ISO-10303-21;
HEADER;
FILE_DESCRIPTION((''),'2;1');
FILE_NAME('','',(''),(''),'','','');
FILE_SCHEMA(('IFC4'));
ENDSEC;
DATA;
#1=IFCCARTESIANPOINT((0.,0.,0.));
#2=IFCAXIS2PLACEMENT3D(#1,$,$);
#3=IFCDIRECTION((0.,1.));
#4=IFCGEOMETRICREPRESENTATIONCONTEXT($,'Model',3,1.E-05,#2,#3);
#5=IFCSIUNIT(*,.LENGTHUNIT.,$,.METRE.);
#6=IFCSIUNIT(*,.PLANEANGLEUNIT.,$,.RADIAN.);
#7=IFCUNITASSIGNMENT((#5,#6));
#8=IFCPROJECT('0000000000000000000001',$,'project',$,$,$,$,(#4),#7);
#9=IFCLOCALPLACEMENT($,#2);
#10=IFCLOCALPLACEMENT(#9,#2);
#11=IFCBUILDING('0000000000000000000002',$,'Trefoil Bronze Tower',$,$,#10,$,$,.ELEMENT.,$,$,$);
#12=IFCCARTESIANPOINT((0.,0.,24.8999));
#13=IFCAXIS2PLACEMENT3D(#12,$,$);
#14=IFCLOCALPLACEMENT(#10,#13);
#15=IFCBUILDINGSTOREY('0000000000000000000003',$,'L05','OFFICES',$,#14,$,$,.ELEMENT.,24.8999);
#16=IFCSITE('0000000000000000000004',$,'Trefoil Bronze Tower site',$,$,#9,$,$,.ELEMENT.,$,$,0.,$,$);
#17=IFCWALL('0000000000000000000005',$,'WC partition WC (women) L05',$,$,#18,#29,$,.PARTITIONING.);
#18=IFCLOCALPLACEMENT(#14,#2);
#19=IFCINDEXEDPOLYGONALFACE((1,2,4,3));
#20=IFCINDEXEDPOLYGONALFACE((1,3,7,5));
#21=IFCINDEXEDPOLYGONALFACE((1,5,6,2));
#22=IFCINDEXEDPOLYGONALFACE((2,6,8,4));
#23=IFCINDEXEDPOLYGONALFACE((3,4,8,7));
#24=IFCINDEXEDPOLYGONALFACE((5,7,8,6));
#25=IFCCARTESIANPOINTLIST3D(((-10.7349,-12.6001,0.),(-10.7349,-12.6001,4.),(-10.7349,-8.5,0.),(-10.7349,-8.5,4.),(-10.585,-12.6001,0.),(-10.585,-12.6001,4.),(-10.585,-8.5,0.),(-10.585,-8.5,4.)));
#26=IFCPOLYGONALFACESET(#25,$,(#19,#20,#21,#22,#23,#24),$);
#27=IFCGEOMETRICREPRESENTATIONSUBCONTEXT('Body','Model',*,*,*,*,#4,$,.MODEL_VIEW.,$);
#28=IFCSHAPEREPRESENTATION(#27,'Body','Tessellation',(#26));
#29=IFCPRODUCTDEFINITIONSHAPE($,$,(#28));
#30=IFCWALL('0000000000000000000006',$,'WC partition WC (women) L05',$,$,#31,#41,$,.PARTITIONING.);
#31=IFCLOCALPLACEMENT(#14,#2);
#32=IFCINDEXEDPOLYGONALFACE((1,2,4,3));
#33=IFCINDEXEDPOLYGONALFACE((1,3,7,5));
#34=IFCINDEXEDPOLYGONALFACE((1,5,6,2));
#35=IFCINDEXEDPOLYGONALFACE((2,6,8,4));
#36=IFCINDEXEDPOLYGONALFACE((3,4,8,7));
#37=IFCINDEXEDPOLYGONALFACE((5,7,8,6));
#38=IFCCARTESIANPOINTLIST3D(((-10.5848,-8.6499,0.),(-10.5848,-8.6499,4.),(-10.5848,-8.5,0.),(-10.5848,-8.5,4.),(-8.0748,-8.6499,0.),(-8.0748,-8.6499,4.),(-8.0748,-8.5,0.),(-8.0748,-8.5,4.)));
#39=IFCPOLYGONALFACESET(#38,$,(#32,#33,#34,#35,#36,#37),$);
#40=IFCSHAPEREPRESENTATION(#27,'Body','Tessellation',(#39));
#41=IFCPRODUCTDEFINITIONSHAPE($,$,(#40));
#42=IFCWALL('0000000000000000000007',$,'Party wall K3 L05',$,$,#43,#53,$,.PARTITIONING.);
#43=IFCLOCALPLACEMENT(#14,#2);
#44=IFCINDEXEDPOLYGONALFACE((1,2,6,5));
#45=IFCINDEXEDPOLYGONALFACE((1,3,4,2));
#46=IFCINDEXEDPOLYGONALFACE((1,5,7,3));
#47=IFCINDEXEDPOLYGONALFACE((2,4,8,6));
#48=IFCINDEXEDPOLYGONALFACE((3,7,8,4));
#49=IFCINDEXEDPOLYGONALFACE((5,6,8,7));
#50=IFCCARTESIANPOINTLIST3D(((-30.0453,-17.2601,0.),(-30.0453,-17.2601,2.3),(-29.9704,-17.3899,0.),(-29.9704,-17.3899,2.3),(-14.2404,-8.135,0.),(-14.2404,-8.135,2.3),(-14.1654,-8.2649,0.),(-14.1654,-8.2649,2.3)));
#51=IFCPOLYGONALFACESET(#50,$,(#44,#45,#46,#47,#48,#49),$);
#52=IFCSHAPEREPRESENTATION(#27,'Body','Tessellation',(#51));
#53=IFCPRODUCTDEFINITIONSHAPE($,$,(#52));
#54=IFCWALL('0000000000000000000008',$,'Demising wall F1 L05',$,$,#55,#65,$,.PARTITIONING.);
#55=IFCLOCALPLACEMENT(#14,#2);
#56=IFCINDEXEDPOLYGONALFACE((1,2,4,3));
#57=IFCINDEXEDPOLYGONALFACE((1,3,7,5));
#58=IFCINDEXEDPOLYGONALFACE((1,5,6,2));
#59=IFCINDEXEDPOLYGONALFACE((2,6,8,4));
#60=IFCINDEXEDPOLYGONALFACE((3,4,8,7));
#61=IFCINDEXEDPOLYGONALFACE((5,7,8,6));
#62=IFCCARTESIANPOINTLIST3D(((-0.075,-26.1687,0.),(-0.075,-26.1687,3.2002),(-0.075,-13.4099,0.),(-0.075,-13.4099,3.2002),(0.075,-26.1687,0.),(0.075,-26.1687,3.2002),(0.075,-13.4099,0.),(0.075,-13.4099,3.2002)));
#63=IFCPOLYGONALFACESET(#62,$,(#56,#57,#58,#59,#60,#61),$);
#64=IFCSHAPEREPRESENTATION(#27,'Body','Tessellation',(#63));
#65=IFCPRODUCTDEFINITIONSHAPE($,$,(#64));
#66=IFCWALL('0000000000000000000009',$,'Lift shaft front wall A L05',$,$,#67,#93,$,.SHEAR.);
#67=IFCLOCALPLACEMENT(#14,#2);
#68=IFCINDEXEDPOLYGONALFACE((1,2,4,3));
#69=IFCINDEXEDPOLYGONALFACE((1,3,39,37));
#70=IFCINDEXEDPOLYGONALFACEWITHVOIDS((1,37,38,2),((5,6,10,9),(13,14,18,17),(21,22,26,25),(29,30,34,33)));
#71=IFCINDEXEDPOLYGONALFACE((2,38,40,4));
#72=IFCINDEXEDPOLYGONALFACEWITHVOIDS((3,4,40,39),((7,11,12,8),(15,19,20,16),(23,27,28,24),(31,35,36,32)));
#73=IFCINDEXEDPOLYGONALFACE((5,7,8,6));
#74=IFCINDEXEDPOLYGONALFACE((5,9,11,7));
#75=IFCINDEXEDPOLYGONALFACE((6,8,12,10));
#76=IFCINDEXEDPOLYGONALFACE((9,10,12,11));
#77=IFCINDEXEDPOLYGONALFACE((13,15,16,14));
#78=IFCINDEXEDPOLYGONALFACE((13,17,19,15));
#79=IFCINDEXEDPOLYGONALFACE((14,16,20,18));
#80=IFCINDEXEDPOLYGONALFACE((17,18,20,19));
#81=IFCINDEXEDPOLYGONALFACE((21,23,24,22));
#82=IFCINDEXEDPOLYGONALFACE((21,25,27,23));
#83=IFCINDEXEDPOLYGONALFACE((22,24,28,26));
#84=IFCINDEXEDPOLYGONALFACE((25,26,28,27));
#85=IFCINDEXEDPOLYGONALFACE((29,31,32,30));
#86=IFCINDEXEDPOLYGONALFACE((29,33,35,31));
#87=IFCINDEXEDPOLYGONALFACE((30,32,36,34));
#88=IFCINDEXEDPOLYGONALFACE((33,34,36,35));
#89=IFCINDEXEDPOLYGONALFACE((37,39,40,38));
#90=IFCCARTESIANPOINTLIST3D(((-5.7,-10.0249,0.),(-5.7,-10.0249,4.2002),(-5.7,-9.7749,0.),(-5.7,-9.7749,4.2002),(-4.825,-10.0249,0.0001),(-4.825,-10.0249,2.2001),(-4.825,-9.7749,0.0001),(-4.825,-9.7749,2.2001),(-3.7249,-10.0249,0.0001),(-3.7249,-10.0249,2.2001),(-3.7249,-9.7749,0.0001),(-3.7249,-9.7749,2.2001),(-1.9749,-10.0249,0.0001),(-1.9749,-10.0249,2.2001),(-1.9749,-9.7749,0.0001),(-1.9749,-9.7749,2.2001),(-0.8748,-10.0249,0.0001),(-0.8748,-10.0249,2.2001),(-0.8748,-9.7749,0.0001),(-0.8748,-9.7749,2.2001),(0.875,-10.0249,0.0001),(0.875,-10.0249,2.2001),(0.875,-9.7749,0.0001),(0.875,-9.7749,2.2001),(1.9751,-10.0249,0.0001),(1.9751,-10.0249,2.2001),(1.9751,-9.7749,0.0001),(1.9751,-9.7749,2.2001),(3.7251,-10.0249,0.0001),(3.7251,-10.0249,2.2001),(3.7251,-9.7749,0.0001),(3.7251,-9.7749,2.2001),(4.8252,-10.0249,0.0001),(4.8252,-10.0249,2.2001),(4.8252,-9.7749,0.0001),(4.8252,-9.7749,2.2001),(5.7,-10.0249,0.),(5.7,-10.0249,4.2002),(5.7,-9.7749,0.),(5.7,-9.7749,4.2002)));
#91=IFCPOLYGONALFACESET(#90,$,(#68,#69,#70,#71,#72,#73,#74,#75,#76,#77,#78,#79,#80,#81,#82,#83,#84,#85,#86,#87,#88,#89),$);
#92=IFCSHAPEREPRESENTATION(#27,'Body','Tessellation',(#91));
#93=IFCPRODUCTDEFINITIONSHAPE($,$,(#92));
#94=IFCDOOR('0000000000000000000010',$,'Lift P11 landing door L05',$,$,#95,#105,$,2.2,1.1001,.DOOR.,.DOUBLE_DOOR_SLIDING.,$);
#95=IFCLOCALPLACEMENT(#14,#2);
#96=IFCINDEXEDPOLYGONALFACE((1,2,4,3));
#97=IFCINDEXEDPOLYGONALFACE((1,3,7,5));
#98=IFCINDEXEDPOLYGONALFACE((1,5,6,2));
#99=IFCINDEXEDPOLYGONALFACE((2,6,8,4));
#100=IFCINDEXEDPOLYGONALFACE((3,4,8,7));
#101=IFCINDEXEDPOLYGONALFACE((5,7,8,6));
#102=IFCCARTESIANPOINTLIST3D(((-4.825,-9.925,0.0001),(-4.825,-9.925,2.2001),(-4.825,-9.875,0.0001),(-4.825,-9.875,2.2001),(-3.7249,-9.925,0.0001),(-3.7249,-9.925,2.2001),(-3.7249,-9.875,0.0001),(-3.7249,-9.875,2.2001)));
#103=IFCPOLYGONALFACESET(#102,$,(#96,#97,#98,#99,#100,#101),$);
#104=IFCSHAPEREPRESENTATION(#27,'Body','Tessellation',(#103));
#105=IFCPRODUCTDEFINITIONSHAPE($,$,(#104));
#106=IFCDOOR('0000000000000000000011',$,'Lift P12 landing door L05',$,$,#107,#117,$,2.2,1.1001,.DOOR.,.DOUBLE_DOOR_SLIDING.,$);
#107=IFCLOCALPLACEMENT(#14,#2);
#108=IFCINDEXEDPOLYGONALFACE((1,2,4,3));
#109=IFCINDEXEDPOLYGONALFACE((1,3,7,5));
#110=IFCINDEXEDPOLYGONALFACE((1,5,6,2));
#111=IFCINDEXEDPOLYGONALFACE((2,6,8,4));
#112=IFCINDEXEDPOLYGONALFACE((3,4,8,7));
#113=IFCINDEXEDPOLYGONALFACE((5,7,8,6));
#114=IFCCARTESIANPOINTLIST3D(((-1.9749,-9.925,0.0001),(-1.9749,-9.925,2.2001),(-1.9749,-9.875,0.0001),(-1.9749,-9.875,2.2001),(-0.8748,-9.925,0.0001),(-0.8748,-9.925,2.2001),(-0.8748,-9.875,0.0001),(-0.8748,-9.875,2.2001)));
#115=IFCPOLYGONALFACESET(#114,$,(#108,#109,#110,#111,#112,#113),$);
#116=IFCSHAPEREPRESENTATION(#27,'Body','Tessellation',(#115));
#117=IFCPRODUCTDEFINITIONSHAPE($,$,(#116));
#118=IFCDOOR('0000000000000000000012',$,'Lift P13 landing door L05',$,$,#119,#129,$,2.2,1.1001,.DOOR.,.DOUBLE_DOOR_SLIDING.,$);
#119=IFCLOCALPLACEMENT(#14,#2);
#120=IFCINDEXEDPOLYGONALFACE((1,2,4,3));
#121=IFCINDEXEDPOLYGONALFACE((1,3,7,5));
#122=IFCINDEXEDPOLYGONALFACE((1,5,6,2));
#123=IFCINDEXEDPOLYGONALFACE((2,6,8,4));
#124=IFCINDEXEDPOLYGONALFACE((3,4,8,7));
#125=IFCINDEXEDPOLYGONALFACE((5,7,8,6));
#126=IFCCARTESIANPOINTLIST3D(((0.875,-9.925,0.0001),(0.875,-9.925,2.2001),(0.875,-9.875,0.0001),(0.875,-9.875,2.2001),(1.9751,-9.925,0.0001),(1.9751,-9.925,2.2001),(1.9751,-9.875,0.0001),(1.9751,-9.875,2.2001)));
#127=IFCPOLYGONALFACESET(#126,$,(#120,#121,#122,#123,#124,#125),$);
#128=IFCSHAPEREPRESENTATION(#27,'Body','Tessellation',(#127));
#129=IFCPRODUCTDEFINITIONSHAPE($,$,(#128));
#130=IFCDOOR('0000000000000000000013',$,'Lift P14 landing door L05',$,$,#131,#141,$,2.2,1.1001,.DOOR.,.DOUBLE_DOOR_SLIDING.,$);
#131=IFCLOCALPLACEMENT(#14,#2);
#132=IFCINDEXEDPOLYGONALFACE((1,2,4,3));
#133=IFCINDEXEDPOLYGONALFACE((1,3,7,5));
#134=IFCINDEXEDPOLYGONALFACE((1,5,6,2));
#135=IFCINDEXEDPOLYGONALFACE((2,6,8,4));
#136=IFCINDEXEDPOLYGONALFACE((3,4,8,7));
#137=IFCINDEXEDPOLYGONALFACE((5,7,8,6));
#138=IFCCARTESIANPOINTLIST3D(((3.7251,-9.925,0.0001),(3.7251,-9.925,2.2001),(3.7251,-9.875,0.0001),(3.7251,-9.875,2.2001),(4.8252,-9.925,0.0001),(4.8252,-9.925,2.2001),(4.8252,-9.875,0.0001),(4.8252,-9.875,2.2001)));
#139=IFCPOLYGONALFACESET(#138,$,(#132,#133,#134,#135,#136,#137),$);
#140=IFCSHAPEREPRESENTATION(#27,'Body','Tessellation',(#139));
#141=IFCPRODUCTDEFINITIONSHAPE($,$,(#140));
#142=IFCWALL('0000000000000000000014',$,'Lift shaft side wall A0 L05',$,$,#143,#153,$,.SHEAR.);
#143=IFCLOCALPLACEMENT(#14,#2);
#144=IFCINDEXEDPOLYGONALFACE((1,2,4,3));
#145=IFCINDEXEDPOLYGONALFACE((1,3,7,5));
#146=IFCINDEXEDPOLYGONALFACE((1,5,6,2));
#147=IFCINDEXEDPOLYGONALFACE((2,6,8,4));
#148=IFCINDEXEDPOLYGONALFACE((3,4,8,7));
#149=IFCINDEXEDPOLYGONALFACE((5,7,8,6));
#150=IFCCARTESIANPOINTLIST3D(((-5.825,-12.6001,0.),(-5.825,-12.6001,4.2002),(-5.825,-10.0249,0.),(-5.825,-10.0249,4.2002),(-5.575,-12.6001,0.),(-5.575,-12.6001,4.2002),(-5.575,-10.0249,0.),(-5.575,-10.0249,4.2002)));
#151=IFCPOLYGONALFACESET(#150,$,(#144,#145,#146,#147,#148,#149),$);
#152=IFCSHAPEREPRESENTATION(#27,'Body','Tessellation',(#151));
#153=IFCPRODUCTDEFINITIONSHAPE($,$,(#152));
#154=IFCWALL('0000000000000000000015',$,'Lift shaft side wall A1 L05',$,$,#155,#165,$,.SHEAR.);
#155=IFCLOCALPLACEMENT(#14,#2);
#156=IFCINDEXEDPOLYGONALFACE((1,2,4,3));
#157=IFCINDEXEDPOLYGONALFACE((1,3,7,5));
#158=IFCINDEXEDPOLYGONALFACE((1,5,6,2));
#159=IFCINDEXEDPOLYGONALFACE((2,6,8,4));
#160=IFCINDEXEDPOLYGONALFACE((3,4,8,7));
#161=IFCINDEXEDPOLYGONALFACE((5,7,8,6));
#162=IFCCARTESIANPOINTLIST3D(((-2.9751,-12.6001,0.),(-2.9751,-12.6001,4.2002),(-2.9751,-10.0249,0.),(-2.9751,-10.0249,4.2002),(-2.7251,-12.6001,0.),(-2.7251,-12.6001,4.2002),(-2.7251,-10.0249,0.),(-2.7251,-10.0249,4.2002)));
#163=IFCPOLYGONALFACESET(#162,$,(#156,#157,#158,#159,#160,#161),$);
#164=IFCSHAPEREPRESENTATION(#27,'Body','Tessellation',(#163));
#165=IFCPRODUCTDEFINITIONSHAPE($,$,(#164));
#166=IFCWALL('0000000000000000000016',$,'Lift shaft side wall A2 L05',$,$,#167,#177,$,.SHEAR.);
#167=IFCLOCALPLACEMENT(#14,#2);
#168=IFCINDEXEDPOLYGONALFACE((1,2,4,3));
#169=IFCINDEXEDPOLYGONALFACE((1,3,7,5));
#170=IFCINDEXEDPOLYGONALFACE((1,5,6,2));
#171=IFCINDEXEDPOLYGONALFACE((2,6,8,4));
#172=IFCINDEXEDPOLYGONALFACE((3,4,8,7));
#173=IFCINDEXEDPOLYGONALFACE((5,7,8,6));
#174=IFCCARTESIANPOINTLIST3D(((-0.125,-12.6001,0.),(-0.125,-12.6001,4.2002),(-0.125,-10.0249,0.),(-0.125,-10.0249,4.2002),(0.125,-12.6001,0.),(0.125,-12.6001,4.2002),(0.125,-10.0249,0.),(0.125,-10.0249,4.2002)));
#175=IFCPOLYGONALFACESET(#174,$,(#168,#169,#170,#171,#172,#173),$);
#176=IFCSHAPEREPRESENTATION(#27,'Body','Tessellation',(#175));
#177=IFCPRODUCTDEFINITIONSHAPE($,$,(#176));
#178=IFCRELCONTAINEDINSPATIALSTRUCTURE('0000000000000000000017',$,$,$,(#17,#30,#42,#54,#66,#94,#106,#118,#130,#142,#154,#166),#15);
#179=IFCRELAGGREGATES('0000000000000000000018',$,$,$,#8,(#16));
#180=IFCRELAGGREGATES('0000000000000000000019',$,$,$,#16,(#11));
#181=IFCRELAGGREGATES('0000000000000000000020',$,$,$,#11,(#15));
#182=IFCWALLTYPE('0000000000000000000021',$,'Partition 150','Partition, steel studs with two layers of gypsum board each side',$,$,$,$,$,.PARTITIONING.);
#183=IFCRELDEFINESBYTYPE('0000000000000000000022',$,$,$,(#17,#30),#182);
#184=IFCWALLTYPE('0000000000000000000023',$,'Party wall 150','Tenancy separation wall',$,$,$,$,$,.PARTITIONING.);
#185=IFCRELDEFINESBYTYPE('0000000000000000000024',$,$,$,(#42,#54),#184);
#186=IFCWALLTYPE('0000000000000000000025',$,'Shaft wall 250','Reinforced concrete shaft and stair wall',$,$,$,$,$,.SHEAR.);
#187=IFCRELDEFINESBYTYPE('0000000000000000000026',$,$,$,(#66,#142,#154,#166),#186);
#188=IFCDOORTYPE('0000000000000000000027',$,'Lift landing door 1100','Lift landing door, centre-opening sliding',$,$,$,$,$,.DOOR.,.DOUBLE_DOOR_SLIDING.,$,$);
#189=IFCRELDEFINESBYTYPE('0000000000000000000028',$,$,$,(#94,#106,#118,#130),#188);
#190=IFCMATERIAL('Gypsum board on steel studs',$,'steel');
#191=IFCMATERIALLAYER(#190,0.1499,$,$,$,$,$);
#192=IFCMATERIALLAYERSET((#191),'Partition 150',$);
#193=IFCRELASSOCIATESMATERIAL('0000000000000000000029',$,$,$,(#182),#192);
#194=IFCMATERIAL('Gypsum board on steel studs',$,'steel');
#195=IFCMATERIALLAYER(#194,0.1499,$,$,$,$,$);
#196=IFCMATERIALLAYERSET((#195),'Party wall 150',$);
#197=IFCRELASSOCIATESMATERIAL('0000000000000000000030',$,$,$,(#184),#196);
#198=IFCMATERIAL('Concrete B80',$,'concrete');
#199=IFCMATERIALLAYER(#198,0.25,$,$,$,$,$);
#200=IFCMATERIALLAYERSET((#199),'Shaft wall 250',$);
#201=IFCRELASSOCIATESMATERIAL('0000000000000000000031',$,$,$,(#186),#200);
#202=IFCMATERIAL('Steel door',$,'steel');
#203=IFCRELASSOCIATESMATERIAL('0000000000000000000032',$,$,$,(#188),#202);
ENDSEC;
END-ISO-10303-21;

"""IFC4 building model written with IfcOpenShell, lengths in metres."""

from ifc_helpers import new_model, si_unit, direction, frame, frame_2d, origin, place, context, subcontext, project, spatial, rectangle, extrude, material, layer, layer_set, type_object, element, fill, save


model = new_model("IFC4")

# Units and contexts
model_context = context("Model", 3, precision=1e-05, world=origin(), true_north=direction((0.0, 1.0)))
body_context = subcontext(model_context, "Body", "Model", "MODEL_VIEW")
ifc_project = project(units=[si_unit("LENGTHUNIT", "METRE"), si_unit("PLANEANGLEUNIT", "RADIAN")], contexts=[model_context])

# Site, building, storey
site_placement = place(None, origin())
site = spatial("IfcSite", under=ifc_project, at=site_placement, Name="Trefoil Bronze Tower site", CompositionType="ELEMENT", RefElevation=0.0)
building_placement = place(site_placement, origin())
building = spatial("IfcBuilding", under=site, at=building_placement, Name="Trefoil Bronze Tower", CompositionType="ELEMENT")
storey_placement = place(building_placement, frame((0.0, 0.0, 24.8999)))
storey = spatial("IfcBuildingStorey", under=building, at=storey_placement, Name="L05", Description="OFFICES", CompositionType="ELEMENT", Elevation=24.8999)

# Shared definitions
ifc_material_1 = material(Name="Gypsum board on steel studs", Category="steel")
ifc_layer_1 = layer(ifc_material_1, 0.1499)
ifc_layer_set_1 = layer_set([ifc_layer_1], Name="Partition 150")
wall_type_1 = type_object("IfcWallType", Name="Partition 150", Description="Partition, steel studs with two layers of gypsum board each side", PredefinedType="PARTITIONING", material=ifc_layer_set_1)

# Walls
wall_1_placement = place(storey_placement, frame((-10.6599, -8.5, 0.0), z_axis=(0.0, 0.0, 1.0), x_axis=(0.0, -1.0, 0.0)))
element("IfcWall", 1, at=wall_1_placement, inside=storey, type_object=wall_type_1, Name="WC partition WC (women) L05", PredefinedType="PARTITIONING", context=body_context, shape_type="SweptSolid", body=[
    extrude(rectangle(XDim=4.1001, YDim=0.1499, at=frame_2d((2.05, 0.0))), origin(), (0.0, 0.0, 1.0), 4.0),
])
wall_2_placement = place(storey_placement, frame((-8.075, -8.575, 0.0), z_axis=(0.0, 0.0, 1.0), x_axis=(-1.0, 0.0, 0.0)))
element("IfcWall", 2, at=wall_2_placement, inside=storey, type_object=wall_type_1, Name="WC partition WC (women) L05", PredefinedType="PARTITIONING", context=body_context, shape_type="SweptSolid", body=[
    extrude(rectangle(XDim=2.51, YDim=0.1499, at=frame_2d((1.2549, 0.0))), origin(), (0.0, 0.0, 1.0), 4.0),
])
ifc_material_2 = material(Name="Gypsum board on steel studs", Category="steel")
ifc_layer_2 = layer(ifc_material_2, 0.1499)
ifc_layer_set_2 = layer_set([ifc_layer_2], Name="Party wall 150")
wall_type_2 = type_object("IfcWallType", Name="Party wall 150", Description="Tenancy separation wall", PredefinedType="PARTITIONING", material=ifc_layer_set_2)
wall_3_placement = place(storey_placement, frame((-14.2029, -8.2, 0.0), z_axis=(0.0, 0.0, 1.0), x_axis=(-0.866025, -0.500001, 0.0)))
element("IfcWall", 3, at=wall_3_placement, inside=storey, type_object=wall_type_2, Name="Party wall K3 L05", PredefinedType="PARTITIONING", context=body_context, shape_type="SweptSolid", body=[
    extrude(rectangle(XDim=18.25, YDim=0.1499, at=frame_2d((9.125, 0.0))), origin(), (0.0, 0.0, 1.0), 2.3),
])
wall_4_placement = place(storey_placement, frame((0.0, -13.4099, 0.0), z_axis=(0.0, 0.0, 1.0), x_axis=(0.0, -1.0, 0.0)))
element("IfcWall", 4, at=wall_4_placement, inside=storey, type_object=wall_type_2, Name="Demising wall F1 L05", PredefinedType="PARTITIONING", context=body_context, shape_type="SweptSolid", body=[
    extrude(rectangle(XDim=12.7588, YDim=0.1499, at=frame_2d((6.3794, 0.0))), origin(), (0.0, 0.0, 1.0), 3.2002),
])

# Wall, openings, doors
ifc_material_3 = material(Name="Concrete B80", Category="concrete")
ifc_layer_3 = layer(ifc_material_3, 0.25)
ifc_layer_set_3 = layer_set([ifc_layer_3], Name="Shaft wall 250")
wall_type_3 = type_object("IfcWallType", Name="Shaft wall 250", Description="Reinforced concrete shaft and stair wall", PredefinedType="SHEAR", material=ifc_layer_set_3)
wall_5_placement = place(storey_placement, frame((-5.7, -9.8999, 0.0), z_axis=(0.0, 0.0, 1.0), x_axis=(1.0, 0.0, 0.0)))
wall_5 = element("IfcWall", 5, at=wall_5_placement, inside=storey, type_object=wall_type_3, Name="Lift shaft front wall A L05", PredefinedType="SHEAR", context=body_context, shape_type="SweptSolid", body=[
    extrude(rectangle(XDim=11.3999, YDim=0.25, at=frame_2d((5.7, 0.0))), origin(), (0.0, 0.0, 1.0), 4.2002),
])
opening_1_placement = place(wall_5_placement, frame((0.875, 0.0, 0.0)))
opening_1 = element("IfcOpeningElement", 6, at=opening_1_placement, cuts=wall_5, PredefinedType="OPENING", context=body_context, shape_type="SweptSolid", body=[
    extrude(rectangle(XDim=1.1001, YDim=2.2, at=frame_2d((0.55, 1.1001))), frame((0.0, 0.135, 0.0), z_axis=(0.0, -1.0, 0.0), x_axis=(1.0, 0.0, 0.0)), (0.0, 0.0, 1.0), 0.27),
])
opening_2_placement = place(wall_5_placement, frame((3.7251, 0.0, 0.0)))
opening_2 = element("IfcOpeningElement", 7, at=opening_2_placement, cuts=wall_5, PredefinedType="OPENING", context=body_context, shape_type="SweptSolid", body=[
    extrude(rectangle(XDim=1.1001, YDim=2.2, at=frame_2d((0.55, 1.1001))), frame((0.0, 0.135, 0.0), z_axis=(0.0, -1.0, 0.0), x_axis=(1.0, 0.0, 0.0)), (0.0, 0.0, 1.0), 0.27),
])
opening_3_placement = place(wall_5_placement, frame((6.575, 0.0, 0.0)))
opening_3 = element("IfcOpeningElement", 8, at=opening_3_placement, cuts=wall_5, PredefinedType="OPENING", context=body_context, shape_type="SweptSolid", body=[
    extrude(rectangle(XDim=1.1001, YDim=2.2, at=frame_2d((0.55, 1.1001))), frame((0.0, 0.135, 0.0), z_axis=(0.0, -1.0, 0.0), x_axis=(1.0, 0.0, 0.0)), (0.0, 0.0, 1.0), 0.27),
])
opening_4_placement = place(wall_5_placement, frame((9.425, 0.0, 0.0)))
opening_4 = element("IfcOpeningElement", 9, at=opening_4_placement, cuts=wall_5, PredefinedType="OPENING", context=body_context, shape_type="SweptSolid", body=[
    extrude(rectangle(XDim=1.1001, YDim=2.2, at=frame_2d((0.55, 1.1001))), frame((0.0, 0.135, 0.0), z_axis=(0.0, -1.0, 0.0), x_axis=(1.0, 0.0, 0.0)), (0.0, 0.0, 1.0), 0.27),
])
ifc_material_4 = material(Name="Steel door", Category="steel")
door_type_1 = type_object("IfcDoorType", Name="Lift landing door 1100", Description="Lift landing door, centre-opening sliding", OperationType="DOUBLE_DOOR_SLIDING", PredefinedType="DOOR", material=ifc_material_4)
door_1_placement = place(opening_1_placement, origin())
door_1 = element("IfcDoor", 10, at=door_1_placement, inside=storey, type_object=door_type_1, Name="Lift P11 landing door L05", OperationType="DOUBLE_DOOR_SLIDING", OverallHeight=2.2, OverallWidth=1.1001, PredefinedType="DOOR", context=body_context, shape_type="SweptSolid", body=[
    extrude(rectangle(XDim=1.1001, YDim=2.2, at=frame_2d((0.55, 1.1001))), frame((0.0, 0.0249, 0.0), z_axis=(0.0, -1.0, 0.0), x_axis=(1.0, 0.0, 0.0)), (0.0, 0.0, 1.0), 0.05),
])
fill(opening_1, door_1)
door_2_placement = place(opening_2_placement, origin())
door_2 = element("IfcDoor", 11, at=door_2_placement, inside=storey, type_object=door_type_1, Name="Lift P12 landing door L05", OperationType="DOUBLE_DOOR_SLIDING", OverallHeight=2.2, OverallWidth=1.1001, PredefinedType="DOOR", context=body_context, shape_type="SweptSolid", body=[
    extrude(rectangle(XDim=1.1001, YDim=2.2, at=frame_2d((0.55, 1.1001))), frame((0.0, 0.0249, 0.0), z_axis=(0.0, -1.0, 0.0), x_axis=(1.0, 0.0, 0.0)), (0.0, 0.0, 1.0), 0.05),
])
fill(opening_2, door_2)
door_3_placement = place(opening_3_placement, origin())
door_3 = element("IfcDoor", 12, at=door_3_placement, inside=storey, type_object=door_type_1, Name="Lift P13 landing door L05", OperationType="DOUBLE_DOOR_SLIDING", OverallHeight=2.2, OverallWidth=1.1001, PredefinedType="DOOR", context=body_context, shape_type="SweptSolid", body=[
    extrude(rectangle(XDim=1.1001, YDim=2.2, at=frame_2d((0.55, 1.1001))), frame((0.0, 0.0249, 0.0), z_axis=(0.0, -1.0, 0.0), x_axis=(1.0, 0.0, 0.0)), (0.0, 0.0, 1.0), 0.05),
])
fill(opening_3, door_3)
door_4_placement = place(opening_4_placement, origin())
door_4 = element("IfcDoor", 13, at=door_4_placement, inside=storey, type_object=door_type_1, Name="Lift P14 landing door L05", OperationType="DOUBLE_DOOR_SLIDING", OverallHeight=2.2, OverallWidth=1.1001, PredefinedType="DOOR", context=body_context, shape_type="SweptSolid", body=[
    extrude(rectangle(XDim=1.1001, YDim=2.2, at=frame_2d((0.55, 1.1001))), frame((0.0, 0.0249, 0.0), z_axis=(0.0, -1.0, 0.0), x_axis=(1.0, 0.0, 0.0)), (0.0, 0.0, 1.0), 0.05),
])
fill(opening_4, door_4)

# Walls
for number, where, z_axis, x_axis, name in (
    (14, (-5.7, -10.0249, 0.0), (0.0, 0.0, 1.0), (0.0, -1.0, 0.0), "Lift shaft side wall A0 L05"),
    (15, (-2.8501, -10.0249, 0.0), (0.0, 0.0, 1.0), (0.0, -1.0, 0.0), "Lift shaft side wall A1 L05"),
    (16, (0.0, -10.0249, 0.0), (0.0, 0.0, 1.0), (0.0, -1.0, 0.0), "Lift shaft side wall A2 L05"),
):
    element("IfcWall", number, at=place(storey_placement, frame(where, z_axis=z_axis, x_axis=x_axis)), inside=storey, type_object=wall_type_3, Name=name, PredefinedType="SHEAR", context=body_context, shape_type="SweptSolid", body=[
        extrude(rectangle(XDim=2.5752, YDim=0.25, at=frame_2d((1.2876, 0.0))), origin(), (0.0, 0.0, 1.0), 4.2002),
    ])

save(model, "model.ifc")
